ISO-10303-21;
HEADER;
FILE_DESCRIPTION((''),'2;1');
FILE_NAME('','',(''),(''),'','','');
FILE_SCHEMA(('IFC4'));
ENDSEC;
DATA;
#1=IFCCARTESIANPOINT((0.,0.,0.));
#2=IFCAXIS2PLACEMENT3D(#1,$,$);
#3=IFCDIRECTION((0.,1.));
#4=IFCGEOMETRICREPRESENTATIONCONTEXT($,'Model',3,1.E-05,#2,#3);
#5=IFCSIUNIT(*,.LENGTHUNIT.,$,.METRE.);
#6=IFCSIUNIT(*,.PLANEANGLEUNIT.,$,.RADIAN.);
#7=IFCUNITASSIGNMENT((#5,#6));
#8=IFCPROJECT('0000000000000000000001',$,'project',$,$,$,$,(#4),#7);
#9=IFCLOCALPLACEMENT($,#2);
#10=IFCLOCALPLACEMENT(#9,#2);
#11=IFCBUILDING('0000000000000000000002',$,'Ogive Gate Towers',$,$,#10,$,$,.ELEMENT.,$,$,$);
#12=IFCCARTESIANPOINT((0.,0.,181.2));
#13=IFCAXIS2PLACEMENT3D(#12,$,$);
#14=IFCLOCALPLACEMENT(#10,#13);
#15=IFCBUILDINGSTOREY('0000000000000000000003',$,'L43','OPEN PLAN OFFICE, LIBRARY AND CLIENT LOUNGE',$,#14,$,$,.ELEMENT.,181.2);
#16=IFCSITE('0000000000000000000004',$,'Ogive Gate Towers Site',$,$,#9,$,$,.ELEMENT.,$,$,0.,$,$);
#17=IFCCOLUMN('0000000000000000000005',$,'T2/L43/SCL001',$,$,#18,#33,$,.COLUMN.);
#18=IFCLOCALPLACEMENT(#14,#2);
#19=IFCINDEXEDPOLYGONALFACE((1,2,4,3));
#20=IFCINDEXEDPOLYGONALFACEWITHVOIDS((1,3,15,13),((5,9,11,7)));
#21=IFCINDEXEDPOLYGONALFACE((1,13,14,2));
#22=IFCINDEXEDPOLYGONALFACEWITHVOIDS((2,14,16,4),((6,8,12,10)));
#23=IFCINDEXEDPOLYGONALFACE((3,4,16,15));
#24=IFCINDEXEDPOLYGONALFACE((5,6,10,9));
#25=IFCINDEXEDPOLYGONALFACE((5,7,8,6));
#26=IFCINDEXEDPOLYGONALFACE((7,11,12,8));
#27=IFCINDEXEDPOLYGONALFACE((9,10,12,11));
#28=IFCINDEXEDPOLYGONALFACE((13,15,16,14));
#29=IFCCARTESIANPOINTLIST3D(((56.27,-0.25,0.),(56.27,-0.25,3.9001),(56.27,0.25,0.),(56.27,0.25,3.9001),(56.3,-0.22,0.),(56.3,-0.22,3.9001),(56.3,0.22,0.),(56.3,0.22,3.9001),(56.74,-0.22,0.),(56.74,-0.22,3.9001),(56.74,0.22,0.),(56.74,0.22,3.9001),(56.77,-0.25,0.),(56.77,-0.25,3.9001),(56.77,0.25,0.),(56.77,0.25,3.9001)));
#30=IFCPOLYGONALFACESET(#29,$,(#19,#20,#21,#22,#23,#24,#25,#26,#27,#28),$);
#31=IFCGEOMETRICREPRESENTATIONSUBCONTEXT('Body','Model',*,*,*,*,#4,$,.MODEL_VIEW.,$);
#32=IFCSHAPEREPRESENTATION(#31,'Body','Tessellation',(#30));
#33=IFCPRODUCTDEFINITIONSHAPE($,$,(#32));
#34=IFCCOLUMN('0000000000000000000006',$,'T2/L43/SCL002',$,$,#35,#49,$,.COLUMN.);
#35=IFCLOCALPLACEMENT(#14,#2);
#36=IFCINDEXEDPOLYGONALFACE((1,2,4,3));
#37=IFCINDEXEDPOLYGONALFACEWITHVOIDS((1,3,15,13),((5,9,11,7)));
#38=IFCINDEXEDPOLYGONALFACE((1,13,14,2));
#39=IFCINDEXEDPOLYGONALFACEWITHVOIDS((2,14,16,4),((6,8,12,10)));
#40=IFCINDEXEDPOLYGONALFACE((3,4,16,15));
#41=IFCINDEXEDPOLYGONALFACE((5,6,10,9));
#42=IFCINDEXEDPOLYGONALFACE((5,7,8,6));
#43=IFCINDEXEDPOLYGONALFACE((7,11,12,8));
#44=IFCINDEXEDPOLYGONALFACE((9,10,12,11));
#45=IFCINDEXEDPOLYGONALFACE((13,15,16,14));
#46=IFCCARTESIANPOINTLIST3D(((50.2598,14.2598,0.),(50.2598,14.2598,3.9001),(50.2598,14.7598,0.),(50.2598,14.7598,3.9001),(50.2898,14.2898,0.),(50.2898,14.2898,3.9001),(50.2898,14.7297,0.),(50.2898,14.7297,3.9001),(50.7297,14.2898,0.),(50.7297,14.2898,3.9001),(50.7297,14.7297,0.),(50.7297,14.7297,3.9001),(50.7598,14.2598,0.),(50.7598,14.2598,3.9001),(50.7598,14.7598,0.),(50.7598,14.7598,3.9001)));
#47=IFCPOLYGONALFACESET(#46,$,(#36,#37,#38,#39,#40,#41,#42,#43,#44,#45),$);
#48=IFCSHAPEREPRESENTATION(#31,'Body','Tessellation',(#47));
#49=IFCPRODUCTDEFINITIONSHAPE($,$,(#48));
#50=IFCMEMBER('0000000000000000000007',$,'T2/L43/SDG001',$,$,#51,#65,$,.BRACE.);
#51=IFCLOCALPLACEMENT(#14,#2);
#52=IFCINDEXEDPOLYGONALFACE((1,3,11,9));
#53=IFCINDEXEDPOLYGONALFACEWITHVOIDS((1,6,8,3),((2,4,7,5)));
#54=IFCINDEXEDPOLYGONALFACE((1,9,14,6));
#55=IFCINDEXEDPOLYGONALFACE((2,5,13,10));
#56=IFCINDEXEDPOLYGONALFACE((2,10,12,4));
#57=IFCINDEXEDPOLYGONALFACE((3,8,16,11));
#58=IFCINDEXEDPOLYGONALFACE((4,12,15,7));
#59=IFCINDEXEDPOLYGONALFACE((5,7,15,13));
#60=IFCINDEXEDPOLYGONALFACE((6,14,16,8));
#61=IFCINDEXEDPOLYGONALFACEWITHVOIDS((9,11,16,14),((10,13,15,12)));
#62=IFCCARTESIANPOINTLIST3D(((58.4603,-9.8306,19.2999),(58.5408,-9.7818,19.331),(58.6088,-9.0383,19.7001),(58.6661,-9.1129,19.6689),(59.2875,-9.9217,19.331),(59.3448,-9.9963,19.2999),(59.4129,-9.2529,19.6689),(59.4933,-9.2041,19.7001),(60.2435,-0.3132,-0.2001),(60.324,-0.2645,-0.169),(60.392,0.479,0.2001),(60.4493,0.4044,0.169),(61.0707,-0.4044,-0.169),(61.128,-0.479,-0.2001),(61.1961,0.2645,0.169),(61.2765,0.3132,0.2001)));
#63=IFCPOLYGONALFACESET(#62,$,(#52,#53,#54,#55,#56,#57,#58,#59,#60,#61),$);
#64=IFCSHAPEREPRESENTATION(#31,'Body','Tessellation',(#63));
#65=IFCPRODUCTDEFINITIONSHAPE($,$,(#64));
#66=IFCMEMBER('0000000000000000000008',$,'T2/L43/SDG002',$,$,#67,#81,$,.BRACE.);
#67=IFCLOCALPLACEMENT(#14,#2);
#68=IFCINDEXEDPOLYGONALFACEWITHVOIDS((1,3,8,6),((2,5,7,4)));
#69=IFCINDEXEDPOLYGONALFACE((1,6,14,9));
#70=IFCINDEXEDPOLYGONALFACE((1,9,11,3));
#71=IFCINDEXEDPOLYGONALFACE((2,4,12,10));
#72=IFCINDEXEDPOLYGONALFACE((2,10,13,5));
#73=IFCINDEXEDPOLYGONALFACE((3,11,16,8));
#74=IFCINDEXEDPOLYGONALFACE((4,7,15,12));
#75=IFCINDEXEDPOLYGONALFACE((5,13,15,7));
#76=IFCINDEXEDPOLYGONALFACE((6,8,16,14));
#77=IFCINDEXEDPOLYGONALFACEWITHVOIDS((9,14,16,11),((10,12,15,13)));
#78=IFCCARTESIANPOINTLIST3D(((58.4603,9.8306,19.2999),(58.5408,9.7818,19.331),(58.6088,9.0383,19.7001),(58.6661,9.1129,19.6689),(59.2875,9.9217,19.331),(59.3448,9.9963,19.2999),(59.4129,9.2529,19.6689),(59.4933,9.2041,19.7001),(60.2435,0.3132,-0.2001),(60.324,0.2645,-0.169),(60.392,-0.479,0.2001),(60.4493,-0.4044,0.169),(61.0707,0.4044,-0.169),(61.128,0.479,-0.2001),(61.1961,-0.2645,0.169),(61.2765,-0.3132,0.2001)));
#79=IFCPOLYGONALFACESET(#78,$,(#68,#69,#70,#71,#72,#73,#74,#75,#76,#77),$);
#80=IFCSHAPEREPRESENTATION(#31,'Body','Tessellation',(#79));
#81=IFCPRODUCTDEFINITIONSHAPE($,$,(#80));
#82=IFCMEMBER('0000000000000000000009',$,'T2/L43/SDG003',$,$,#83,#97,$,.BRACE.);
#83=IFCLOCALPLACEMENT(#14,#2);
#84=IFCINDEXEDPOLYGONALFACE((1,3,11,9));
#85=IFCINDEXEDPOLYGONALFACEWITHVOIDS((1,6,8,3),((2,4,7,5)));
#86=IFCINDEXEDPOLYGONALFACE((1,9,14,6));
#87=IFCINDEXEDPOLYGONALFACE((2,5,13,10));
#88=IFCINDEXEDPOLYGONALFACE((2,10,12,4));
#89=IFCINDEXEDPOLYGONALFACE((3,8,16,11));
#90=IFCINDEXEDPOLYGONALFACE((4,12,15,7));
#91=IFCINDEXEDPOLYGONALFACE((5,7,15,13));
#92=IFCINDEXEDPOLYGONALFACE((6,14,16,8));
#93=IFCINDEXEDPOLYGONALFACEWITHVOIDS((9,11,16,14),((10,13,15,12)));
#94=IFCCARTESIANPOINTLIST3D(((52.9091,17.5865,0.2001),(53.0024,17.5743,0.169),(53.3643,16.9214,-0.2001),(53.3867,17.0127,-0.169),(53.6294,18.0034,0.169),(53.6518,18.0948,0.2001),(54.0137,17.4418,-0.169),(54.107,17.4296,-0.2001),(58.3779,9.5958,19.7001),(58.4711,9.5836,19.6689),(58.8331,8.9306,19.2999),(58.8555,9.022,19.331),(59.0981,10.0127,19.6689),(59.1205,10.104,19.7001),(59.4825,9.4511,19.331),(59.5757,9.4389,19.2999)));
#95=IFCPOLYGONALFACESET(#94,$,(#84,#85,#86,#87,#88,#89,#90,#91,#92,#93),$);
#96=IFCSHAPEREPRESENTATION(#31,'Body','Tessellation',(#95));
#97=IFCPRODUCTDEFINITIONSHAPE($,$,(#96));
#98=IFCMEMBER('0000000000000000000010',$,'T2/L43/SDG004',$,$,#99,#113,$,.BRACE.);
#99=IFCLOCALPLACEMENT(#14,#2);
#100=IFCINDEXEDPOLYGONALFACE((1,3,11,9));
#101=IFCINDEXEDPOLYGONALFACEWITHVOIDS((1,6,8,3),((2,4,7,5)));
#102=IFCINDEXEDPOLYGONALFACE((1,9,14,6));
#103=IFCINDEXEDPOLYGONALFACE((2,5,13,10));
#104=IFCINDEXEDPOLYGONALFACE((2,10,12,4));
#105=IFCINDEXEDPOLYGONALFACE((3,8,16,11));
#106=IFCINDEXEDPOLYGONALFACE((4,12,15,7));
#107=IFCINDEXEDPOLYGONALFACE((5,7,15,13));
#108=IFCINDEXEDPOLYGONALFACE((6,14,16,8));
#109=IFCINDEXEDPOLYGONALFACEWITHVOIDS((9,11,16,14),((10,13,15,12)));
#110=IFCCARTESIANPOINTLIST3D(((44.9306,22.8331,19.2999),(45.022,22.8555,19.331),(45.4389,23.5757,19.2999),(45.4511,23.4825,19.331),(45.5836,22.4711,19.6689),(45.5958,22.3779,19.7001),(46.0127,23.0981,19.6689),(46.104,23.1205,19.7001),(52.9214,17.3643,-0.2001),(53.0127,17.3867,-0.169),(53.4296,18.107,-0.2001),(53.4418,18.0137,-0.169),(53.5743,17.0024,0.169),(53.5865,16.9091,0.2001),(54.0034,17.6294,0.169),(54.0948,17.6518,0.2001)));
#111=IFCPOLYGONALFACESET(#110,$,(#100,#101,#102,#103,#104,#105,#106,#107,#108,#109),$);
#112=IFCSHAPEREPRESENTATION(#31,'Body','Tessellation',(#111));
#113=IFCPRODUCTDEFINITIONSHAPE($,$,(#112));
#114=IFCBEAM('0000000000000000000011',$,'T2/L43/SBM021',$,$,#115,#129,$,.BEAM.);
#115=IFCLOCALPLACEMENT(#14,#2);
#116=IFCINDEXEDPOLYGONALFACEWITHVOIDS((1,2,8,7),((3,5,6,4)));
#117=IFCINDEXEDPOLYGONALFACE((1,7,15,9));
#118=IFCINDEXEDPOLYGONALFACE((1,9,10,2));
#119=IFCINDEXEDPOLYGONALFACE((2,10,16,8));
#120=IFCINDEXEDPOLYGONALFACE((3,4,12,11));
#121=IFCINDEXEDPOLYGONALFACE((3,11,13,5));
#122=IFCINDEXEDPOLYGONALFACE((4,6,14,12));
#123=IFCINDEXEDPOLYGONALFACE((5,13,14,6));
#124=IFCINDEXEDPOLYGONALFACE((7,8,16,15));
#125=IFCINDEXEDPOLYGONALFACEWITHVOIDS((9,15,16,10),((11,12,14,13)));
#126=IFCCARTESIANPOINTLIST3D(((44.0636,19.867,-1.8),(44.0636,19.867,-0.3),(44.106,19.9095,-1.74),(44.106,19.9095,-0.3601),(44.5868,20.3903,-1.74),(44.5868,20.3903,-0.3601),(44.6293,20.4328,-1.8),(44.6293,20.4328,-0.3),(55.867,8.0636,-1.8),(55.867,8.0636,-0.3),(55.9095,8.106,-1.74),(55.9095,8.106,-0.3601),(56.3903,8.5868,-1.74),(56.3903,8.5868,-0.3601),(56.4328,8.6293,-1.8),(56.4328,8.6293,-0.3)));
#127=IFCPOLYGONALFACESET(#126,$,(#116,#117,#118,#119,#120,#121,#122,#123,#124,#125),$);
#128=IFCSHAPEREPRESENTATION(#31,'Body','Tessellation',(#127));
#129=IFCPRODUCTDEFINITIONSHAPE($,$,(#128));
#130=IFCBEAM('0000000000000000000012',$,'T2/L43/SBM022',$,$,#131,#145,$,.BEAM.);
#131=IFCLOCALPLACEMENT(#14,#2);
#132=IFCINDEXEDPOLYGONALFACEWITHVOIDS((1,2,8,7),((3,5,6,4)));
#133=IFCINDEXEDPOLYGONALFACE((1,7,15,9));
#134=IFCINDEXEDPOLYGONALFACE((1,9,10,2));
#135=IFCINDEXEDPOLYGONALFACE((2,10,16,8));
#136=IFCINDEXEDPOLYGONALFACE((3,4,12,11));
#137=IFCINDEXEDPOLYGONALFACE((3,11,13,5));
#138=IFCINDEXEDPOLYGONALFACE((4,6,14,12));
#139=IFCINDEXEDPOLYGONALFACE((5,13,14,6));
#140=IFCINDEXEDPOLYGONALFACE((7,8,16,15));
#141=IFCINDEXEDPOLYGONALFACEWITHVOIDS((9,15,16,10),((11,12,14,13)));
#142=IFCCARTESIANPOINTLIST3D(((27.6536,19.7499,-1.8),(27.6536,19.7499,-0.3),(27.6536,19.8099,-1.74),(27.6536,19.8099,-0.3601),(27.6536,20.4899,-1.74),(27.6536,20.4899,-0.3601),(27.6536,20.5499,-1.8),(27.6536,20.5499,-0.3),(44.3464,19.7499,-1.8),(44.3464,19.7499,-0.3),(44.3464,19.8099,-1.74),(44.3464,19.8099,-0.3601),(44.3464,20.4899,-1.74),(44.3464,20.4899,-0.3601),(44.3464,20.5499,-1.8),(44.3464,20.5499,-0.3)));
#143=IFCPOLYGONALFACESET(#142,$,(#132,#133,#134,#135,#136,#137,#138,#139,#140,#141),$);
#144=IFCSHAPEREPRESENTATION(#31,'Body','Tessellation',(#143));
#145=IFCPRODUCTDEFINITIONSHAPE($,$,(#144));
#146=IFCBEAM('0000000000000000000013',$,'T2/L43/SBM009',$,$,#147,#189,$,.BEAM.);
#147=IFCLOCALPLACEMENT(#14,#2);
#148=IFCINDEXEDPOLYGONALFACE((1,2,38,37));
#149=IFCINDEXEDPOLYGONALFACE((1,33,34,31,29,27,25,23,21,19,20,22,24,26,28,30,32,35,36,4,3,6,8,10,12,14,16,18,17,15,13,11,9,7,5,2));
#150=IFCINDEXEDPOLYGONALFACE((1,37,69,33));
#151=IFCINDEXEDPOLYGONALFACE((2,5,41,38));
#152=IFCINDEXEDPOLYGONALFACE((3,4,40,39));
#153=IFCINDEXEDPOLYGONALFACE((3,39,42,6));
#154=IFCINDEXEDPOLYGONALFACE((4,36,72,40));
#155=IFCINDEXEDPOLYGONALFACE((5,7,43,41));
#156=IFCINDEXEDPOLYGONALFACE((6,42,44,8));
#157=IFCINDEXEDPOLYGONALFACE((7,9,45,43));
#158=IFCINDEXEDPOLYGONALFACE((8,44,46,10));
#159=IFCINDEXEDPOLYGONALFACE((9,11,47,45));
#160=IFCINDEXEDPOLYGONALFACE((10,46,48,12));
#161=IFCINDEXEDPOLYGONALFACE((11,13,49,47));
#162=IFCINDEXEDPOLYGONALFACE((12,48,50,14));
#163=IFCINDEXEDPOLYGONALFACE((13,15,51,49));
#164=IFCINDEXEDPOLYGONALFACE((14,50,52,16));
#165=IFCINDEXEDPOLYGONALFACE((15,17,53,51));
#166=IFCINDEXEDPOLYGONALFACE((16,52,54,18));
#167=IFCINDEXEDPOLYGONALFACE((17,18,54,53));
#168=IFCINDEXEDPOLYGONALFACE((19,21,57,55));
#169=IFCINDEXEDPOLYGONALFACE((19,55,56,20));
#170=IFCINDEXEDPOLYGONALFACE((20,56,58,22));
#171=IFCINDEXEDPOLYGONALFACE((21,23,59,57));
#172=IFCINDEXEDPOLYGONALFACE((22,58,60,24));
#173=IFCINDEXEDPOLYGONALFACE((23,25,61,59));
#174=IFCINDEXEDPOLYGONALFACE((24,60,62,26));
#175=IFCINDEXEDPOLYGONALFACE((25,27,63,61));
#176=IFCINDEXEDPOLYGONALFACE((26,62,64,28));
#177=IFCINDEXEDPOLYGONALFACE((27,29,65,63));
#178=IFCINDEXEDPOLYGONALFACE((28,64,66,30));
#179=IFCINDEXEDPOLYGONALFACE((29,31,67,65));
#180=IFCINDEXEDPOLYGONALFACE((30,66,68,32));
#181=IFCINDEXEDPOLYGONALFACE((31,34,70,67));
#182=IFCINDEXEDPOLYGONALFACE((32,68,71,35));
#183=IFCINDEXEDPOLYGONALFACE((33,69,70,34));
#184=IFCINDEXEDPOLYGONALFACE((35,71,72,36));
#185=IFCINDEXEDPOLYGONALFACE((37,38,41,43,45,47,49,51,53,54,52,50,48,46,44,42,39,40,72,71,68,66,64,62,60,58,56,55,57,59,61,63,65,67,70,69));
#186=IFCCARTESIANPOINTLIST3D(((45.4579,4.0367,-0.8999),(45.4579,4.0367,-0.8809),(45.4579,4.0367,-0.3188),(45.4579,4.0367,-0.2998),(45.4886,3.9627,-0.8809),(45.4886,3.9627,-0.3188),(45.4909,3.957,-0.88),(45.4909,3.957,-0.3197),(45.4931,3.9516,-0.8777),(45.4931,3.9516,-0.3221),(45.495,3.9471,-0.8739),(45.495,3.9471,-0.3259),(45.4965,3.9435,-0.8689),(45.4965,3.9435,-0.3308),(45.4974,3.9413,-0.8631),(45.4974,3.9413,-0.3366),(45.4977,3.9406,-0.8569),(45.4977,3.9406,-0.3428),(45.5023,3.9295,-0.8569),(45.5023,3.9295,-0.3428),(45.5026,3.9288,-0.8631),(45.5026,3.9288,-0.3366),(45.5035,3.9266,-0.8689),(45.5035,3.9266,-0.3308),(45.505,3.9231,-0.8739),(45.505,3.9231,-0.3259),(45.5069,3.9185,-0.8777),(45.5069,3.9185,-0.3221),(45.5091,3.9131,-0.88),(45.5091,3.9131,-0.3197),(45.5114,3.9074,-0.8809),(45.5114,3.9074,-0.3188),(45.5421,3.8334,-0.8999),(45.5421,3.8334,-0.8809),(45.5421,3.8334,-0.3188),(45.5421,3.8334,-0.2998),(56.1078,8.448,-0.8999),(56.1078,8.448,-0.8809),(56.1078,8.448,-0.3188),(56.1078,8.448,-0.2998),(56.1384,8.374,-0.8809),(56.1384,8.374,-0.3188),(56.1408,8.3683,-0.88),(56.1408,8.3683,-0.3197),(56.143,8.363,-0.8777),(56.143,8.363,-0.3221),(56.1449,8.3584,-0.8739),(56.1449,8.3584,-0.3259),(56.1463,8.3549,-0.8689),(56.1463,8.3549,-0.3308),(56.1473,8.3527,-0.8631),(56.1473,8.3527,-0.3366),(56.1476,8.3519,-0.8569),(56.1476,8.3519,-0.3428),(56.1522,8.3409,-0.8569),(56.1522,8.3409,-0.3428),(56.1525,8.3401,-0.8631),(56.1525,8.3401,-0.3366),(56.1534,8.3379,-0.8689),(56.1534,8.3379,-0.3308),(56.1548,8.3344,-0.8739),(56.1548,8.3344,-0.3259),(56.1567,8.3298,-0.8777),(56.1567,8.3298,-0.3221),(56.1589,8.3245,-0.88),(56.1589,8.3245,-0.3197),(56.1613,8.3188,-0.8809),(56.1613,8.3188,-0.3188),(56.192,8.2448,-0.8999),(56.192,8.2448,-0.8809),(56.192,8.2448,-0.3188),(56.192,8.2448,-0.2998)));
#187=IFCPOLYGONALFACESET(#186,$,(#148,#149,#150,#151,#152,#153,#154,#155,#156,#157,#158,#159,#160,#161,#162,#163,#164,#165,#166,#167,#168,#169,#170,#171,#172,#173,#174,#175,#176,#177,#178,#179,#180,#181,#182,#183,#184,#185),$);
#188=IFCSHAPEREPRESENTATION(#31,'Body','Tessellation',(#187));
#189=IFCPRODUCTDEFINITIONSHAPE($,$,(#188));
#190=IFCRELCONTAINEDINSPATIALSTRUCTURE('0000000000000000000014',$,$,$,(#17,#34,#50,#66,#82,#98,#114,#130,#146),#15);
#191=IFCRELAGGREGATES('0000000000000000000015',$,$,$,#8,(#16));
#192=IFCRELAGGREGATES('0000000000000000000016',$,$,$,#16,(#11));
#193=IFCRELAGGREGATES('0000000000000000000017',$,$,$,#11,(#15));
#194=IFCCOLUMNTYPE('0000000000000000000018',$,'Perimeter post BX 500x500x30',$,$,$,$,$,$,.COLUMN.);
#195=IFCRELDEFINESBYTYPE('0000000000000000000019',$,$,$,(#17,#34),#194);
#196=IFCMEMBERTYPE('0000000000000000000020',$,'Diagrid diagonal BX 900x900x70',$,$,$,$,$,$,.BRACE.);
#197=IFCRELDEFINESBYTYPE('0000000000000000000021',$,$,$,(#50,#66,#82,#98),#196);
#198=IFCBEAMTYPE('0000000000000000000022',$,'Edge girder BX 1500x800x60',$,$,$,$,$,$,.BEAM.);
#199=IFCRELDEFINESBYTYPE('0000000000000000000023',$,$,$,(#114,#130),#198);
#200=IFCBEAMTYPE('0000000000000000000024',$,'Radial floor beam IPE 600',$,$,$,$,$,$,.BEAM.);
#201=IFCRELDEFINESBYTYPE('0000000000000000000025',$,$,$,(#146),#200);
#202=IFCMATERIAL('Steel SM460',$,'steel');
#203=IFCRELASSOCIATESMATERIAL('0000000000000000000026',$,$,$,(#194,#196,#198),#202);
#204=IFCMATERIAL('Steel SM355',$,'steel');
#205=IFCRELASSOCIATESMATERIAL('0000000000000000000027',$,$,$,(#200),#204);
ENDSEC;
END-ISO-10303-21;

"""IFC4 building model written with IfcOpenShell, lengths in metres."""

from ifc_helpers import new_model, si_unit, direction, frame, origin, origin_2d, place, context, subcontext, project, spatial, hollow_rectangle, i_section, extrude, material, material_profile, profile_set, type_object, element, save


model = new_model("IFC4")

# Units and contexts
model_context = context("Model", 3, precision=1e-05, world=origin(), true_north=direction((0.0, 1.0)))
body_context = subcontext(model_context, "Body", "Model", "MODEL_VIEW")
ifc_project = project(units=[si_unit("LENGTHUNIT", "METRE"), si_unit("PLANEANGLEUNIT", "RADIAN")], contexts=[model_context])

# Site, building, storey
site_placement = place(None, origin())
site = spatial("IfcSite", under=ifc_project, at=site_placement, Name="Ogive Gate Towers Site", CompositionType="ELEMENT", RefElevation=0.0)
building_placement = place(site_placement, origin())
building = spatial("IfcBuilding", under=site, at=building_placement, Name="Ogive Gate Towers", CompositionType="ELEMENT")
storey_placement = place(building_placement, frame((0.0, 0.0, 181.2)))
storey = spatial("IfcBuildingStorey", under=building, at=storey_placement, Name="L43", Description="OPEN PLAN OFFICE, LIBRARY AND CLIENT LOUNGE", CompositionType="ELEMENT", Elevation=181.2)

# Columns
ifc_material_1 = material(Name="Steel SM460", Category="steel")
ifc_material_profile_1 = material_profile(ifc_material_1, hollow_rectangle(XDim=0.5, YDim=0.5, WallThickness=0.03, at=origin_2d()), Name="BX 500x500x30")
ifc_profile_set_1 = profile_set([ifc_material_profile_1], Name="Steel SM460")
column_type = type_object("IfcColumnType", Name="Perimeter post BX 500x500x30", PredefinedType="COLUMN", material=ifc_profile_set_1)
for number, where, z_axis, x_axis, name in (
    (1, (56.52, 0.0, 0.0), (0.0, 0.0, 1.0), (1.0, 0.0, 0.0), "T2/L43/SCL001"),
    (2, (50.5098, 14.5098, 0.0), (0.0, 0.0, 1.0), (1.0, 0.0, 0.0), "T2/L43/SCL002"),
):
    element("IfcColumn", number, at=place(storey_placement, frame(where, z_axis=z_axis, x_axis=x_axis)), inside=storey, type_object=column_type, Name=name, PredefinedType="COLUMN", context=body_context, shape_type="SweptSolid", body=[
        extrude(hollow_rectangle(XDim=0.5, YDim=0.5, WallThickness=0.03, at=origin_2d()), origin(), (0.0, 0.0, 1.0), 3.9001),
    ])

# Members
ifc_material_profile_2 = material_profile(ifc_material_1, hollow_rectangle(XDim=0.8999, YDim=0.8999, WallThickness=0.0701, at=origin_2d()), Name="BX 900x900x70")
ifc_profile_set_2 = profile_set([ifc_material_profile_2], Name="Steel SM460")
member_type = type_object("IfcMemberType", Name="Diagrid diagonal BX 900x900x70", PredefinedType="BRACE", material=ifc_profile_set_2)
for number, where, z_axis, x_axis, name in (
    (3, (60.76, 0.0, 0.0), (-0.081904, -0.437141, 0.895656), (0.982896, -0.184159, 0.0), "T2/L43/SDG001"),
    (4, (60.76, 0.0, 0.0), (-0.081904, 0.437141, 0.895656), (-0.982896, -0.184159, 0.0), "T2/L43/SDG002"),
    (5, (53.5081, 17.5081, 0.0), (0.251186, -0.367023, 0.895656), (0.825239, 0.564783, 0.0), "T2/L43/SDG003"),
    (6, (53.5081, 17.5081, 0.0), (-0.367023, 0.251186, 0.895656), (-0.564783, -0.825239, 0.0), "T2/L43/SDG004"),
):
    element("IfcMember", number, at=place(storey_placement, frame(where, z_axis=z_axis, x_axis=x_axis)), inside=storey, type_object=member_type, Name=name, PredefinedType="BRACE", context=body_context, shape_type="SweptSolid", body=[
        extrude(hollow_rectangle(XDim=0.8999, YDim=0.8999, WallThickness=0.0701, at=origin_2d()), origin(), (0.0, 0.0, 1.0), 21.7717),
    ])

# Beams
ifc_material_profile_3 = material_profile(ifc_material_1, hollow_rectangle(XDim=0.8, YDim=1.5, WallThickness=0.0601, at=origin_2d()), Name="BX 1500x800x60")
ifc_profile_set_3 = profile_set([ifc_material_profile_3], Name="Steel SM460")
beam_type_1 = type_object("IfcBeamType", Name="Edge girder BX 1500x800x60", PredefinedType="BEAM", material=ifc_profile_set_3)
beam_1_placement = place(storey_placement, frame((56.1499, 8.3464, -1.05), z_axis=(-0.707107, 0.707107, 0.0), x_axis=(-0.707107, -0.707107, 0.0)))
element("IfcBeam", 7, at=beam_1_placement, inside=storey, type_object=beam_type_1, Name="T2/L43/SBM021", PredefinedType="BEAM", context=body_context, shape_type="SweptSolid", body=[
    extrude(hollow_rectangle(XDim=0.8, YDim=1.5, WallThickness=0.0601, at=origin_2d()), origin(), (0.0, 0.0, 1.0), 16.6926),
])
beam_2_placement = place(storey_placement, frame((44.3464, 20.1499, -1.05), z_axis=(-1.0, 0.0, 0.0), x_axis=(0.0, -1.0, 0.0)))
element("IfcBeam", 8, at=beam_2_placement, inside=storey, type_object=beam_type_1, Name="T2/L43/SBM022", PredefinedType="BEAM", context=body_context, shape_type="SweptSolid", body=[
    extrude(hollow_rectangle(XDim=0.8, YDim=1.5, WallThickness=0.0601, at=origin_2d()), origin(), (0.0, 0.0, 1.0), 16.6929),
])
ifc_material_2 = material(Name="Steel SM355", Category="steel")
ifc_material_profile_4 = material_profile(ifc_material_2, i_section(OverallWidth=0.22, OverallDepth=0.6001, WebThickness=0.012, FlangeThickness=0.019, FilletRadius=0.0239, at=origin_2d()), Name="IPE 600")
ifc_profile_set_4 = profile_set([ifc_material_profile_4], Name="Steel SM355")
beam_type_2 = type_object("IfcBeamType", Name="Radial floor beam IPE 600", PredefinedType="BEAM", material=ifc_profile_set_4)
for number, where, z_axis, x_axis, name in (
    (9, (45.5, 3.9351, -0.5999), (0.923878, 0.382687, 0.0), (-0.382687, 0.923878, 0.0), "T2/L43/SBM009"),
):
    element("IfcBeam", number, at=place(storey_placement, frame(where, z_axis=z_axis, x_axis=x_axis)), inside=storey, type_object=beam_type_2, Name=name, PredefinedType="BEAM", context=body_context, shape_type="SweptSolid", body=[
        extrude(i_section(OverallWidth=0.22, OverallDepth=0.6001, WebThickness=0.012, FlangeThickness=0.019, FilletRadius=0.0239, at=origin_2d()), origin(), (0.0, 0.0, 1.0), 11.5273),
    ])

save(model, "model.ifc")
